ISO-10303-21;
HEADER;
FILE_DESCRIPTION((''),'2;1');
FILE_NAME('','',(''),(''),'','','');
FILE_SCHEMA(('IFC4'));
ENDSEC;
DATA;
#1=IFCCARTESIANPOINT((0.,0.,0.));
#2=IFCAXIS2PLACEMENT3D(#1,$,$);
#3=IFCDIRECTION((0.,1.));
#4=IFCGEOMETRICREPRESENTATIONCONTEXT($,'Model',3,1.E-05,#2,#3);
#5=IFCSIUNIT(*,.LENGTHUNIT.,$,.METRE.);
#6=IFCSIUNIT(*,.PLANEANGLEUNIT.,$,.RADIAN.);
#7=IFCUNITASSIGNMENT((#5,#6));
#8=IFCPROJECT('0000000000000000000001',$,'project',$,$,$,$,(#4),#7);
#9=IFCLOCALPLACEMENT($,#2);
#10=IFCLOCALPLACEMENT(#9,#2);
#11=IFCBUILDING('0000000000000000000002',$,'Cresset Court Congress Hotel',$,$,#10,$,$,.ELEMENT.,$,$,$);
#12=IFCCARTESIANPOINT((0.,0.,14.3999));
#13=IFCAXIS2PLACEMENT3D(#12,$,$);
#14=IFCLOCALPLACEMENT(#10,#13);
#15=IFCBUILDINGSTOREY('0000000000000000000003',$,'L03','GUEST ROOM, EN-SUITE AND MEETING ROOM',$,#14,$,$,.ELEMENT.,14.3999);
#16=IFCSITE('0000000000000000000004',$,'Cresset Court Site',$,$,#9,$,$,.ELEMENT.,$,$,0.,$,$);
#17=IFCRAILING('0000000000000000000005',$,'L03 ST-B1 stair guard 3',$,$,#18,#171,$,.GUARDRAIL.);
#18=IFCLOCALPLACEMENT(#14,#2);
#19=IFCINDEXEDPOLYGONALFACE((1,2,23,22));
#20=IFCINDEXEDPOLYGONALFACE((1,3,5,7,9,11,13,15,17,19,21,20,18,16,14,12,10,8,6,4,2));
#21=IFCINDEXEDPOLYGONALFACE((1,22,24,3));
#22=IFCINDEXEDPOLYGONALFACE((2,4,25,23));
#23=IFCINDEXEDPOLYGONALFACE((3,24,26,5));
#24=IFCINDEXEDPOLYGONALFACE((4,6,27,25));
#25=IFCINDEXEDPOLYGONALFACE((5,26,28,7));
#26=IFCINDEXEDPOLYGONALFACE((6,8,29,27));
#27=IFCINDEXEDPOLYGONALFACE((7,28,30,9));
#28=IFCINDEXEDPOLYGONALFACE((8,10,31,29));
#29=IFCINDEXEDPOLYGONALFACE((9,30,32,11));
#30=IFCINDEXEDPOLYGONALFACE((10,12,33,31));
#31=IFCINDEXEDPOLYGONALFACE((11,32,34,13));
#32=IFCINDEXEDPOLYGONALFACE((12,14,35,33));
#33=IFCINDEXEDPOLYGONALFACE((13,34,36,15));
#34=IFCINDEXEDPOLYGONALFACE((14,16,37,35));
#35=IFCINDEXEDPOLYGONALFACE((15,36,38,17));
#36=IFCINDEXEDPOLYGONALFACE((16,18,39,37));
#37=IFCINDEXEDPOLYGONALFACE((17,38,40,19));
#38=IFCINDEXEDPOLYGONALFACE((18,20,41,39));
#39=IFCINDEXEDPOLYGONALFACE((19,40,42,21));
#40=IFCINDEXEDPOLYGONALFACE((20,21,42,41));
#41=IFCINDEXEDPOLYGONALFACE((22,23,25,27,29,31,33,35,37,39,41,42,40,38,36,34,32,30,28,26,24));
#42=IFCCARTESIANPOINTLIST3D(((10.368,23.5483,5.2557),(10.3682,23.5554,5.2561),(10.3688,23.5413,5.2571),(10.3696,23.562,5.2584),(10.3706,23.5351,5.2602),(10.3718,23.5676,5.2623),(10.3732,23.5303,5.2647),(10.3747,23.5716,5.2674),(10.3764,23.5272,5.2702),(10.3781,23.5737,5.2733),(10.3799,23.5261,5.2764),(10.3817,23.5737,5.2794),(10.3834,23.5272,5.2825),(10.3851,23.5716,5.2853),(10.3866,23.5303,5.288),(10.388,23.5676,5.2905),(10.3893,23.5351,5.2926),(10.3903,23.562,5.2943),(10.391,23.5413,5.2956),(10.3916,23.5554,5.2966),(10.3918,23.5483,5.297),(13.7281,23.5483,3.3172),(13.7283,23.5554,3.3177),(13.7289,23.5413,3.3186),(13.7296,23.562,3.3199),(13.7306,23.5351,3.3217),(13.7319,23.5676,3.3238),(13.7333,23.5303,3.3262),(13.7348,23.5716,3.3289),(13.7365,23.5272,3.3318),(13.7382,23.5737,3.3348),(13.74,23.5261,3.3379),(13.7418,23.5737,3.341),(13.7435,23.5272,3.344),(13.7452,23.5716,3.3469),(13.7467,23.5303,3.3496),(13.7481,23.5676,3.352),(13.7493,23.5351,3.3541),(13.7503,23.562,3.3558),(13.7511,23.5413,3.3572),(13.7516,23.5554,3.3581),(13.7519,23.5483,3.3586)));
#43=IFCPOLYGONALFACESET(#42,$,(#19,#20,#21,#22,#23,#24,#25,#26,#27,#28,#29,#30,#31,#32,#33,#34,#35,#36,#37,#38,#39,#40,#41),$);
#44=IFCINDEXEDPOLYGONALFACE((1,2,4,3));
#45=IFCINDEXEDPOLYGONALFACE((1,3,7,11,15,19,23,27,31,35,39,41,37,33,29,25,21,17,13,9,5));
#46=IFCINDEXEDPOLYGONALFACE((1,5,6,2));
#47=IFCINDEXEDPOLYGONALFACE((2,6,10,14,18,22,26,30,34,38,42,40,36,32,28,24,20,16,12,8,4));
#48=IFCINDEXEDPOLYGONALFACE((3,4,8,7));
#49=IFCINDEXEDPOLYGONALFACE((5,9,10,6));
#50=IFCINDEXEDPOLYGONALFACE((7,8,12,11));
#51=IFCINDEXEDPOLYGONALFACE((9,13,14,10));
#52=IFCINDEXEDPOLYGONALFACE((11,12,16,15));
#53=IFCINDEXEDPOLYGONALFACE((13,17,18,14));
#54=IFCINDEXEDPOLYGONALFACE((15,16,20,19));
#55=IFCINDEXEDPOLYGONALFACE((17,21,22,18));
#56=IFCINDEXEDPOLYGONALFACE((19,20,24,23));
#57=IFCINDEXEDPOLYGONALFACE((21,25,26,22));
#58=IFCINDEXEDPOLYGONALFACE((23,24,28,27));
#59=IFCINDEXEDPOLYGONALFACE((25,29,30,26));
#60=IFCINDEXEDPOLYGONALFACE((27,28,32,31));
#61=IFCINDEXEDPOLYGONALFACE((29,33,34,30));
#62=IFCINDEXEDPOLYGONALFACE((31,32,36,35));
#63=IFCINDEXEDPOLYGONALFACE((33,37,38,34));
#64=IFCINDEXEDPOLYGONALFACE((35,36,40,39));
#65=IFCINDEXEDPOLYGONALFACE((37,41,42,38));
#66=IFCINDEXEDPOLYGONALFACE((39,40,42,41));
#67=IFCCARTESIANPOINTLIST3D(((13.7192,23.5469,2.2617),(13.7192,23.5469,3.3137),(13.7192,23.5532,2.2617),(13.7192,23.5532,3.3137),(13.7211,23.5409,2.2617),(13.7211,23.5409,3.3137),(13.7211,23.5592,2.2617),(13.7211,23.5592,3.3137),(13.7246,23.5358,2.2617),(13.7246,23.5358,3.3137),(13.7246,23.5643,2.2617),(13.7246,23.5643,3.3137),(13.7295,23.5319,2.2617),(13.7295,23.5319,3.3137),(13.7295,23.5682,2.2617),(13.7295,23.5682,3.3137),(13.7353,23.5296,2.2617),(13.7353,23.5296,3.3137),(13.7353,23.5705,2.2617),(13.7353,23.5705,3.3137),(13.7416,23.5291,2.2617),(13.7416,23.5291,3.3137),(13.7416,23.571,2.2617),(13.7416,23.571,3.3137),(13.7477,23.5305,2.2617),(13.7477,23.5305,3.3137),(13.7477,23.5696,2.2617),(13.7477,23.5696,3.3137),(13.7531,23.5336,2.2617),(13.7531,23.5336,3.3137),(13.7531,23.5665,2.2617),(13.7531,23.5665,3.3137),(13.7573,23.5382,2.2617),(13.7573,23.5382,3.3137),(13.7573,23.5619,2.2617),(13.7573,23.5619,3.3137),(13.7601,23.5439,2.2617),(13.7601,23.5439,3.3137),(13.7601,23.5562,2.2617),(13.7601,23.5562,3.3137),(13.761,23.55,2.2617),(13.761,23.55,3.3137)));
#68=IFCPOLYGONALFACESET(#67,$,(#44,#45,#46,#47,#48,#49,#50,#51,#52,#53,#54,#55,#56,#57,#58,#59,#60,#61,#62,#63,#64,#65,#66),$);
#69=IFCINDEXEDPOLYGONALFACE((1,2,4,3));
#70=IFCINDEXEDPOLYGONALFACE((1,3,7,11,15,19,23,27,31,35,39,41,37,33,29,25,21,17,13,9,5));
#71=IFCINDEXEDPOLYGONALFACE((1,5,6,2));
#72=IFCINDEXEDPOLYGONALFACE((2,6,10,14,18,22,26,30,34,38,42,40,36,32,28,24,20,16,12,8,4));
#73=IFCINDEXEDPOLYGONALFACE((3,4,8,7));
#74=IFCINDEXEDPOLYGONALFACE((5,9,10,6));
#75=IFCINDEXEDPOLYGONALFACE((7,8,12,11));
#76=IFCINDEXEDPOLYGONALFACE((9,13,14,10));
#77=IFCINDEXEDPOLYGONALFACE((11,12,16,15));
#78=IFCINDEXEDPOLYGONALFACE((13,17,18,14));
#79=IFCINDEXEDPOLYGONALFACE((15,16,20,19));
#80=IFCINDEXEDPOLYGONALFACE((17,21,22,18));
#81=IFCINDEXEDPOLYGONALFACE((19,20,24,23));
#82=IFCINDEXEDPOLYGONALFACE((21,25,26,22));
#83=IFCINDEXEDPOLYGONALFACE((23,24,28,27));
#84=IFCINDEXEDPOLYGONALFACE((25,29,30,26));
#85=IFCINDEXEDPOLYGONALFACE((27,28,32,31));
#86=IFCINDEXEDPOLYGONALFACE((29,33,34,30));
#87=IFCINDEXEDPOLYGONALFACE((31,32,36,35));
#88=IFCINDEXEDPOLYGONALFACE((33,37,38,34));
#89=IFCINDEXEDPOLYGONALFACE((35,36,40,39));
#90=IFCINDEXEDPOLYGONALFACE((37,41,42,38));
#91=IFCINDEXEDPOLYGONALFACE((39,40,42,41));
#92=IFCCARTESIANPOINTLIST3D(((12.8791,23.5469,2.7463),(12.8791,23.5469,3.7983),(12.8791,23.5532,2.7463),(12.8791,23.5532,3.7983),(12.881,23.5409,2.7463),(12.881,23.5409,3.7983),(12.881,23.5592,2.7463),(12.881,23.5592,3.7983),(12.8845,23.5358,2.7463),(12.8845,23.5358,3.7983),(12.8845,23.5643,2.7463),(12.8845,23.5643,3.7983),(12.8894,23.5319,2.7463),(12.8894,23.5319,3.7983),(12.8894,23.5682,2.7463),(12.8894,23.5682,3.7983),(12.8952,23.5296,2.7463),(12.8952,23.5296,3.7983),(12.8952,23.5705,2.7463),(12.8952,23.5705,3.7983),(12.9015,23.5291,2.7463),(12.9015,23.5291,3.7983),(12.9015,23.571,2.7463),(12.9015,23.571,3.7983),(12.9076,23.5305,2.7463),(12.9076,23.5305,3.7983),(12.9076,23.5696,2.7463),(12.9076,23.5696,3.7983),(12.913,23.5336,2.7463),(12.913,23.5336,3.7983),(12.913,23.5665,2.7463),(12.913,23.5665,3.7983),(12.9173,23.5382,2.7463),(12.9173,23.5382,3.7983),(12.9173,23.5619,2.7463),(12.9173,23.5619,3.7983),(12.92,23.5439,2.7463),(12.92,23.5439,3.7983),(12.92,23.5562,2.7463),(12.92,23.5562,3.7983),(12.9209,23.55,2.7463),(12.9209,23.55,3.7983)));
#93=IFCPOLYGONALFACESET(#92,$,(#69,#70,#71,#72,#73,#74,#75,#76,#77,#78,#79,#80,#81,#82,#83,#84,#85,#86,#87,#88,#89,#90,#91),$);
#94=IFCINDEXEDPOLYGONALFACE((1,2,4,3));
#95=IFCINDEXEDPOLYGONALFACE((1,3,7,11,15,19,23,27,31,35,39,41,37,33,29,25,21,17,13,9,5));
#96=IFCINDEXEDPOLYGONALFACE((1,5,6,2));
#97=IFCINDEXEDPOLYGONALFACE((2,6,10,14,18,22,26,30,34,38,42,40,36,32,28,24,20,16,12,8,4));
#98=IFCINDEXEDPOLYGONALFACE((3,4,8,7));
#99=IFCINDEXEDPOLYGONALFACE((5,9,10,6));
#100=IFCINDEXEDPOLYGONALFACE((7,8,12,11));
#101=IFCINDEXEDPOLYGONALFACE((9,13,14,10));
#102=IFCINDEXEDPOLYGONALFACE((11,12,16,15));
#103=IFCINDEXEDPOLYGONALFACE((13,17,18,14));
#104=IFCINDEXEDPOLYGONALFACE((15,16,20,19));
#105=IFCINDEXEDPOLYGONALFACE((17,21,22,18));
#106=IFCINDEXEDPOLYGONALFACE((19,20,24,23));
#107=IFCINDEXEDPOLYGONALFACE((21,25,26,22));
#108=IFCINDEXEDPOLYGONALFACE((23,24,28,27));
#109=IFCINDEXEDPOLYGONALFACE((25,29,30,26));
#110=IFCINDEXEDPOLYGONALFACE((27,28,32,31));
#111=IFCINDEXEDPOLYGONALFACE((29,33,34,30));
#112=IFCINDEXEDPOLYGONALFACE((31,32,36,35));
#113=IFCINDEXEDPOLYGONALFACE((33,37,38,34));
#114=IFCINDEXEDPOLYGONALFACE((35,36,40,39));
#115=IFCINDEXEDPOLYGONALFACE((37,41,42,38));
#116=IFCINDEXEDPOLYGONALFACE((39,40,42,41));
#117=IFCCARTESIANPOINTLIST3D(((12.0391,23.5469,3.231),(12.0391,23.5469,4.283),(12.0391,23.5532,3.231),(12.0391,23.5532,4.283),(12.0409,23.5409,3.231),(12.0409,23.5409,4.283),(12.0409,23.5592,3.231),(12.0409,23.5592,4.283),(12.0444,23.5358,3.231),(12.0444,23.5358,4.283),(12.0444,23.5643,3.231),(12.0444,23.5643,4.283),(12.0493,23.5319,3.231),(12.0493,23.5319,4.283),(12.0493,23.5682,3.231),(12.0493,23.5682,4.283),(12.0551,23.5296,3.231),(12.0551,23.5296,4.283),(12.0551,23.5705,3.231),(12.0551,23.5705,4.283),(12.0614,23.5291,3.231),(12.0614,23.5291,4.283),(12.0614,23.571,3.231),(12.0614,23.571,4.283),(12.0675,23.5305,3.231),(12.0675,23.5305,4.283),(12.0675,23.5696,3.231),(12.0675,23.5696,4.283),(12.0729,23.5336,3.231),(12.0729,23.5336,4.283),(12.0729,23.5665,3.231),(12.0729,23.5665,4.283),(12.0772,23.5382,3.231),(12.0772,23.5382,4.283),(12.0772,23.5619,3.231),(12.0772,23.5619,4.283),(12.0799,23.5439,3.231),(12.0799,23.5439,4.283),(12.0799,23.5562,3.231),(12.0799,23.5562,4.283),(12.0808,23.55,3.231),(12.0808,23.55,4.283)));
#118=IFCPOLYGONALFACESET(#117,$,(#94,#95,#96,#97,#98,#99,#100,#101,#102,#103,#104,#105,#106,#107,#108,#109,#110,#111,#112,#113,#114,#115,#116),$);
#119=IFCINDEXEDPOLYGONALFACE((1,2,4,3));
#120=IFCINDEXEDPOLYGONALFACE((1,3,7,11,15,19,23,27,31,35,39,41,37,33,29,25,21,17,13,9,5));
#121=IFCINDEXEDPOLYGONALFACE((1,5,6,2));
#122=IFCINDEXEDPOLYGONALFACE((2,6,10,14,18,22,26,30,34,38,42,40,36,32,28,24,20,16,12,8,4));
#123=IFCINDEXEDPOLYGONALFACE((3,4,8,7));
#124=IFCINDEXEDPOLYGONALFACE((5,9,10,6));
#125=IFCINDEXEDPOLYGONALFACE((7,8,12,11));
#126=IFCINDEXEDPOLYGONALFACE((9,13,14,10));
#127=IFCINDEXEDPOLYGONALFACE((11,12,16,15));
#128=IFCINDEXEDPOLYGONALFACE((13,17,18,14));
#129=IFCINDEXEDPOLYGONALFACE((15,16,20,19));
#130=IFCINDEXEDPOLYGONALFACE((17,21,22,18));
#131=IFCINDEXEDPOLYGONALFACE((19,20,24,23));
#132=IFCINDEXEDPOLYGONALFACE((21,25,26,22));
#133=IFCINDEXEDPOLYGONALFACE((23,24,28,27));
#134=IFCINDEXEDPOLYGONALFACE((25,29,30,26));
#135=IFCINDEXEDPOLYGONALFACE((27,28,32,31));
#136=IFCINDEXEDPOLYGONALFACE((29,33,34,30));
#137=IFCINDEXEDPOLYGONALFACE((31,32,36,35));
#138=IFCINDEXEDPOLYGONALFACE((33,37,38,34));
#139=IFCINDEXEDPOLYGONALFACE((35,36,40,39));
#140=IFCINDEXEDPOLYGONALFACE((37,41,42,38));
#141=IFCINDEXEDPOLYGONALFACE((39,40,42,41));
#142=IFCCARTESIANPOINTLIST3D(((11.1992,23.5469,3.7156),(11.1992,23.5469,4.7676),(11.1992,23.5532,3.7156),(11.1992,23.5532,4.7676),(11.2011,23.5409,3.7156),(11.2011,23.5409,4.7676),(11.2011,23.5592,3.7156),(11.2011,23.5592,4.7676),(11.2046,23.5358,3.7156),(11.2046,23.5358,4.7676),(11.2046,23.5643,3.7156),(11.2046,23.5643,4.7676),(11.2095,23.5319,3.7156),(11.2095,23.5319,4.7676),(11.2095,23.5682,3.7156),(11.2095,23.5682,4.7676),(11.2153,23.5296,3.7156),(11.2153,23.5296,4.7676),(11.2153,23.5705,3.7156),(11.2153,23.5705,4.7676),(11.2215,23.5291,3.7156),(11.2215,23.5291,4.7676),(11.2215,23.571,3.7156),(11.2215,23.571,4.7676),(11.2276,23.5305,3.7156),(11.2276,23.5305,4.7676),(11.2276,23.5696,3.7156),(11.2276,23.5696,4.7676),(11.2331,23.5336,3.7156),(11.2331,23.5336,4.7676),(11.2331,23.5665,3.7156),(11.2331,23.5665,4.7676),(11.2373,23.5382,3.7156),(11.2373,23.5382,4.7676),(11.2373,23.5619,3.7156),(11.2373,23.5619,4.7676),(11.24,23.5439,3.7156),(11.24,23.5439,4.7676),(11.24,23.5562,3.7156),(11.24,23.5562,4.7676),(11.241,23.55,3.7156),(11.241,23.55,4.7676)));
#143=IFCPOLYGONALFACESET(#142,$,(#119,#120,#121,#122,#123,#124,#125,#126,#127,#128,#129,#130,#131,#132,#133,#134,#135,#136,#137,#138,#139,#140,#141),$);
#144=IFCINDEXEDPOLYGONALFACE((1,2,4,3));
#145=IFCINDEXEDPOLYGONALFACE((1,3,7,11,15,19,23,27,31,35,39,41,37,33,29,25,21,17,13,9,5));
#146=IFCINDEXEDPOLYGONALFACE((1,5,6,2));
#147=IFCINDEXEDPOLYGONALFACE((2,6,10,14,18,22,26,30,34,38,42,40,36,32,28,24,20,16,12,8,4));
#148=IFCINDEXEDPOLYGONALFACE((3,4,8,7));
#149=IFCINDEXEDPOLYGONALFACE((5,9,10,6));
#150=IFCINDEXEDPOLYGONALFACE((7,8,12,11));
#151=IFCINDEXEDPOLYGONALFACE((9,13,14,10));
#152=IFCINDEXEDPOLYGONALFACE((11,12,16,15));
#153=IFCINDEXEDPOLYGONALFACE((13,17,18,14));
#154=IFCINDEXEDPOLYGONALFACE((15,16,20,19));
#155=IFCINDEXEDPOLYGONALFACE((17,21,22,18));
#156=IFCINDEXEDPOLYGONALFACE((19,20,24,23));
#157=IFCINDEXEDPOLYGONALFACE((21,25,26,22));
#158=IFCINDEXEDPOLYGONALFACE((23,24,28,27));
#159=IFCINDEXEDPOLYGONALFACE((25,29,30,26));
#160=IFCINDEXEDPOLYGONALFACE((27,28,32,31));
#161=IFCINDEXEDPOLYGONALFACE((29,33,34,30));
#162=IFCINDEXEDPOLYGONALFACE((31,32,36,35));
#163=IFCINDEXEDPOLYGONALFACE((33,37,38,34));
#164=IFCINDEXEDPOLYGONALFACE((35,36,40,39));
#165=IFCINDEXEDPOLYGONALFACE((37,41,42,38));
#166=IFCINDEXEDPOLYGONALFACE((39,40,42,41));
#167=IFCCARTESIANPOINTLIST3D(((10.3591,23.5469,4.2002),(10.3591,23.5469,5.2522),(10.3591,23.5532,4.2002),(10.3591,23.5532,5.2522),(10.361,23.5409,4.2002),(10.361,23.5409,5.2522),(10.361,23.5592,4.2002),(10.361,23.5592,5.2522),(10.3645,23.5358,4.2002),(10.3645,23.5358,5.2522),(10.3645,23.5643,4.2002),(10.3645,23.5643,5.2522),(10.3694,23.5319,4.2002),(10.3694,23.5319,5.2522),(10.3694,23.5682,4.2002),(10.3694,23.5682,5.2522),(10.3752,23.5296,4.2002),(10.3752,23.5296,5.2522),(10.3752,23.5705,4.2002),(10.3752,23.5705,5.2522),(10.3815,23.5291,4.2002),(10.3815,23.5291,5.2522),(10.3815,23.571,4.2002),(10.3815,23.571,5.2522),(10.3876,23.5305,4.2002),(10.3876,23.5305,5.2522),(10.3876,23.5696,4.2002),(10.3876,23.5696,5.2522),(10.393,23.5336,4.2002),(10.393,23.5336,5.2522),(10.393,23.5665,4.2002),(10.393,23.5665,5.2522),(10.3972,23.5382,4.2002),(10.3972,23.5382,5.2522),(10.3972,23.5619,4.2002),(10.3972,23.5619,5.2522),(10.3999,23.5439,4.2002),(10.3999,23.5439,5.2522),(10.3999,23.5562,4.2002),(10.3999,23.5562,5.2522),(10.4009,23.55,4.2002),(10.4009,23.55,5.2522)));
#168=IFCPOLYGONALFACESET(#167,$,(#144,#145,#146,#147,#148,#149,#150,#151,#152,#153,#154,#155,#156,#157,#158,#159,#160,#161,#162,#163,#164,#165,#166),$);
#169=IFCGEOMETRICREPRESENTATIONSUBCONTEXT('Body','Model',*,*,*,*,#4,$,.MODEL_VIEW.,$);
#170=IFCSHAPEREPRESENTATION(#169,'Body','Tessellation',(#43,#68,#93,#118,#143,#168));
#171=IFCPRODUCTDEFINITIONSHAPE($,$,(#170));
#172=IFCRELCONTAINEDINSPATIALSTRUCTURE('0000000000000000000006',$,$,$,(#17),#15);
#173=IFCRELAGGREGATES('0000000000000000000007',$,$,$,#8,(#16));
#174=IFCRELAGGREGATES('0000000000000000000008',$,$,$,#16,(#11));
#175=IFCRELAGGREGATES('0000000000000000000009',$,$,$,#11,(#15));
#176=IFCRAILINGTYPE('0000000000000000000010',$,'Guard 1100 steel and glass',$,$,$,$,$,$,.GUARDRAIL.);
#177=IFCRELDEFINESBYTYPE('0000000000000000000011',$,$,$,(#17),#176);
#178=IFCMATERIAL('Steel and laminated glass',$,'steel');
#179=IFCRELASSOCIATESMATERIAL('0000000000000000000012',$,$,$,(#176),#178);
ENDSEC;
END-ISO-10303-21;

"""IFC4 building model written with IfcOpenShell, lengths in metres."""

from ifc_helpers import new_model, si_unit, direction, frame, origin, origin_2d, place, context, subcontext, project, spatial, circle, extrude, material, type_object, element, save


model = new_model("IFC4")

# Units and contexts
model_context = context("Model", 3, precision=1e-05, world=origin(), true_north=direction((0.0, 1.0)))
body_context = subcontext(model_context, "Body", "Model", "MODEL_VIEW")
ifc_project = project(units=[si_unit("LENGTHUNIT", "METRE"), si_unit("PLANEANGLEUNIT", "RADIAN")], contexts=[model_context])

# Site, building, storey
site_placement = place(None, origin())
site = spatial("IfcSite", under=ifc_project, at=site_placement, Name="Cresset Court Site", CompositionType="ELEMENT", RefElevation=0.0)
building_placement = place(site_placement, origin())
building = spatial("IfcBuilding", under=site, at=building_placement, Name="Cresset Court Congress Hotel", CompositionType="ELEMENT")
storey_placement = place(building_placement, frame((0.0, 0.0, 14.3999)))
storey = spatial("IfcBuildingStorey", under=building, at=storey_placement, Name="L03", Description="GUEST ROOM, EN-SUITE AND MEETING ROOM", CompositionType="ELEMENT", Elevation=14.3999)

# Railing
ifc_material_1 = material(Name="Steel and laminated glass", Category="steel")
railing_type_1 = type_object("IfcRailingType", Name="Guard 1100 steel and glass", PredefinedType="GUARDRAIL", material=ifc_material_1)
railing_1_placement = place(storey_placement, frame((13.74, 23.55, 2.2617)))
element("IfcRailing", 1, at=railing_1_placement, inside=storey, type_object=railing_type_1, Name="L03 ST-B1 stair guard 3", PredefinedType="GUARDRAIL", context=body_context, shape_type="SweptSolid", body=[
    extrude(circle(Radius=0.0239, at=origin_2d()), frame((0.0, 0.0, 1.0762), z_axis=(-0.866191, 0.0, 0.499713), x_axis=(0.0, -1.0, 0.0)), (0.0, 0.0, 1.0), 3.8792),
    extrude(circle(Radius=0.021, at=origin_2d()), origin(), (0.0, 0.0, 1.0), 1.052),
    extrude(circle(Radius=0.021, at=origin_2d()), frame((-0.8401, 0.0, 0.4846)), (0.0, 0.0, 1.0), 1.052),
    extrude(circle(Radius=0.021, at=origin_2d()), frame((-1.6802, 0.0, 0.9692)), (0.0, 0.0, 1.0), 1.052),
    extrude(circle(Radius=0.021, at=origin_2d()), frame((-2.52, 0.0, 1.4539)), (0.0, 0.0, 1.0), 1.052),
    extrude(circle(Radius=0.021, at=origin_2d()), frame((-3.3601, 0.0, 1.9385)), (0.0, 0.0, 1.0), 1.052),
])

save(model, "model.ifc")
